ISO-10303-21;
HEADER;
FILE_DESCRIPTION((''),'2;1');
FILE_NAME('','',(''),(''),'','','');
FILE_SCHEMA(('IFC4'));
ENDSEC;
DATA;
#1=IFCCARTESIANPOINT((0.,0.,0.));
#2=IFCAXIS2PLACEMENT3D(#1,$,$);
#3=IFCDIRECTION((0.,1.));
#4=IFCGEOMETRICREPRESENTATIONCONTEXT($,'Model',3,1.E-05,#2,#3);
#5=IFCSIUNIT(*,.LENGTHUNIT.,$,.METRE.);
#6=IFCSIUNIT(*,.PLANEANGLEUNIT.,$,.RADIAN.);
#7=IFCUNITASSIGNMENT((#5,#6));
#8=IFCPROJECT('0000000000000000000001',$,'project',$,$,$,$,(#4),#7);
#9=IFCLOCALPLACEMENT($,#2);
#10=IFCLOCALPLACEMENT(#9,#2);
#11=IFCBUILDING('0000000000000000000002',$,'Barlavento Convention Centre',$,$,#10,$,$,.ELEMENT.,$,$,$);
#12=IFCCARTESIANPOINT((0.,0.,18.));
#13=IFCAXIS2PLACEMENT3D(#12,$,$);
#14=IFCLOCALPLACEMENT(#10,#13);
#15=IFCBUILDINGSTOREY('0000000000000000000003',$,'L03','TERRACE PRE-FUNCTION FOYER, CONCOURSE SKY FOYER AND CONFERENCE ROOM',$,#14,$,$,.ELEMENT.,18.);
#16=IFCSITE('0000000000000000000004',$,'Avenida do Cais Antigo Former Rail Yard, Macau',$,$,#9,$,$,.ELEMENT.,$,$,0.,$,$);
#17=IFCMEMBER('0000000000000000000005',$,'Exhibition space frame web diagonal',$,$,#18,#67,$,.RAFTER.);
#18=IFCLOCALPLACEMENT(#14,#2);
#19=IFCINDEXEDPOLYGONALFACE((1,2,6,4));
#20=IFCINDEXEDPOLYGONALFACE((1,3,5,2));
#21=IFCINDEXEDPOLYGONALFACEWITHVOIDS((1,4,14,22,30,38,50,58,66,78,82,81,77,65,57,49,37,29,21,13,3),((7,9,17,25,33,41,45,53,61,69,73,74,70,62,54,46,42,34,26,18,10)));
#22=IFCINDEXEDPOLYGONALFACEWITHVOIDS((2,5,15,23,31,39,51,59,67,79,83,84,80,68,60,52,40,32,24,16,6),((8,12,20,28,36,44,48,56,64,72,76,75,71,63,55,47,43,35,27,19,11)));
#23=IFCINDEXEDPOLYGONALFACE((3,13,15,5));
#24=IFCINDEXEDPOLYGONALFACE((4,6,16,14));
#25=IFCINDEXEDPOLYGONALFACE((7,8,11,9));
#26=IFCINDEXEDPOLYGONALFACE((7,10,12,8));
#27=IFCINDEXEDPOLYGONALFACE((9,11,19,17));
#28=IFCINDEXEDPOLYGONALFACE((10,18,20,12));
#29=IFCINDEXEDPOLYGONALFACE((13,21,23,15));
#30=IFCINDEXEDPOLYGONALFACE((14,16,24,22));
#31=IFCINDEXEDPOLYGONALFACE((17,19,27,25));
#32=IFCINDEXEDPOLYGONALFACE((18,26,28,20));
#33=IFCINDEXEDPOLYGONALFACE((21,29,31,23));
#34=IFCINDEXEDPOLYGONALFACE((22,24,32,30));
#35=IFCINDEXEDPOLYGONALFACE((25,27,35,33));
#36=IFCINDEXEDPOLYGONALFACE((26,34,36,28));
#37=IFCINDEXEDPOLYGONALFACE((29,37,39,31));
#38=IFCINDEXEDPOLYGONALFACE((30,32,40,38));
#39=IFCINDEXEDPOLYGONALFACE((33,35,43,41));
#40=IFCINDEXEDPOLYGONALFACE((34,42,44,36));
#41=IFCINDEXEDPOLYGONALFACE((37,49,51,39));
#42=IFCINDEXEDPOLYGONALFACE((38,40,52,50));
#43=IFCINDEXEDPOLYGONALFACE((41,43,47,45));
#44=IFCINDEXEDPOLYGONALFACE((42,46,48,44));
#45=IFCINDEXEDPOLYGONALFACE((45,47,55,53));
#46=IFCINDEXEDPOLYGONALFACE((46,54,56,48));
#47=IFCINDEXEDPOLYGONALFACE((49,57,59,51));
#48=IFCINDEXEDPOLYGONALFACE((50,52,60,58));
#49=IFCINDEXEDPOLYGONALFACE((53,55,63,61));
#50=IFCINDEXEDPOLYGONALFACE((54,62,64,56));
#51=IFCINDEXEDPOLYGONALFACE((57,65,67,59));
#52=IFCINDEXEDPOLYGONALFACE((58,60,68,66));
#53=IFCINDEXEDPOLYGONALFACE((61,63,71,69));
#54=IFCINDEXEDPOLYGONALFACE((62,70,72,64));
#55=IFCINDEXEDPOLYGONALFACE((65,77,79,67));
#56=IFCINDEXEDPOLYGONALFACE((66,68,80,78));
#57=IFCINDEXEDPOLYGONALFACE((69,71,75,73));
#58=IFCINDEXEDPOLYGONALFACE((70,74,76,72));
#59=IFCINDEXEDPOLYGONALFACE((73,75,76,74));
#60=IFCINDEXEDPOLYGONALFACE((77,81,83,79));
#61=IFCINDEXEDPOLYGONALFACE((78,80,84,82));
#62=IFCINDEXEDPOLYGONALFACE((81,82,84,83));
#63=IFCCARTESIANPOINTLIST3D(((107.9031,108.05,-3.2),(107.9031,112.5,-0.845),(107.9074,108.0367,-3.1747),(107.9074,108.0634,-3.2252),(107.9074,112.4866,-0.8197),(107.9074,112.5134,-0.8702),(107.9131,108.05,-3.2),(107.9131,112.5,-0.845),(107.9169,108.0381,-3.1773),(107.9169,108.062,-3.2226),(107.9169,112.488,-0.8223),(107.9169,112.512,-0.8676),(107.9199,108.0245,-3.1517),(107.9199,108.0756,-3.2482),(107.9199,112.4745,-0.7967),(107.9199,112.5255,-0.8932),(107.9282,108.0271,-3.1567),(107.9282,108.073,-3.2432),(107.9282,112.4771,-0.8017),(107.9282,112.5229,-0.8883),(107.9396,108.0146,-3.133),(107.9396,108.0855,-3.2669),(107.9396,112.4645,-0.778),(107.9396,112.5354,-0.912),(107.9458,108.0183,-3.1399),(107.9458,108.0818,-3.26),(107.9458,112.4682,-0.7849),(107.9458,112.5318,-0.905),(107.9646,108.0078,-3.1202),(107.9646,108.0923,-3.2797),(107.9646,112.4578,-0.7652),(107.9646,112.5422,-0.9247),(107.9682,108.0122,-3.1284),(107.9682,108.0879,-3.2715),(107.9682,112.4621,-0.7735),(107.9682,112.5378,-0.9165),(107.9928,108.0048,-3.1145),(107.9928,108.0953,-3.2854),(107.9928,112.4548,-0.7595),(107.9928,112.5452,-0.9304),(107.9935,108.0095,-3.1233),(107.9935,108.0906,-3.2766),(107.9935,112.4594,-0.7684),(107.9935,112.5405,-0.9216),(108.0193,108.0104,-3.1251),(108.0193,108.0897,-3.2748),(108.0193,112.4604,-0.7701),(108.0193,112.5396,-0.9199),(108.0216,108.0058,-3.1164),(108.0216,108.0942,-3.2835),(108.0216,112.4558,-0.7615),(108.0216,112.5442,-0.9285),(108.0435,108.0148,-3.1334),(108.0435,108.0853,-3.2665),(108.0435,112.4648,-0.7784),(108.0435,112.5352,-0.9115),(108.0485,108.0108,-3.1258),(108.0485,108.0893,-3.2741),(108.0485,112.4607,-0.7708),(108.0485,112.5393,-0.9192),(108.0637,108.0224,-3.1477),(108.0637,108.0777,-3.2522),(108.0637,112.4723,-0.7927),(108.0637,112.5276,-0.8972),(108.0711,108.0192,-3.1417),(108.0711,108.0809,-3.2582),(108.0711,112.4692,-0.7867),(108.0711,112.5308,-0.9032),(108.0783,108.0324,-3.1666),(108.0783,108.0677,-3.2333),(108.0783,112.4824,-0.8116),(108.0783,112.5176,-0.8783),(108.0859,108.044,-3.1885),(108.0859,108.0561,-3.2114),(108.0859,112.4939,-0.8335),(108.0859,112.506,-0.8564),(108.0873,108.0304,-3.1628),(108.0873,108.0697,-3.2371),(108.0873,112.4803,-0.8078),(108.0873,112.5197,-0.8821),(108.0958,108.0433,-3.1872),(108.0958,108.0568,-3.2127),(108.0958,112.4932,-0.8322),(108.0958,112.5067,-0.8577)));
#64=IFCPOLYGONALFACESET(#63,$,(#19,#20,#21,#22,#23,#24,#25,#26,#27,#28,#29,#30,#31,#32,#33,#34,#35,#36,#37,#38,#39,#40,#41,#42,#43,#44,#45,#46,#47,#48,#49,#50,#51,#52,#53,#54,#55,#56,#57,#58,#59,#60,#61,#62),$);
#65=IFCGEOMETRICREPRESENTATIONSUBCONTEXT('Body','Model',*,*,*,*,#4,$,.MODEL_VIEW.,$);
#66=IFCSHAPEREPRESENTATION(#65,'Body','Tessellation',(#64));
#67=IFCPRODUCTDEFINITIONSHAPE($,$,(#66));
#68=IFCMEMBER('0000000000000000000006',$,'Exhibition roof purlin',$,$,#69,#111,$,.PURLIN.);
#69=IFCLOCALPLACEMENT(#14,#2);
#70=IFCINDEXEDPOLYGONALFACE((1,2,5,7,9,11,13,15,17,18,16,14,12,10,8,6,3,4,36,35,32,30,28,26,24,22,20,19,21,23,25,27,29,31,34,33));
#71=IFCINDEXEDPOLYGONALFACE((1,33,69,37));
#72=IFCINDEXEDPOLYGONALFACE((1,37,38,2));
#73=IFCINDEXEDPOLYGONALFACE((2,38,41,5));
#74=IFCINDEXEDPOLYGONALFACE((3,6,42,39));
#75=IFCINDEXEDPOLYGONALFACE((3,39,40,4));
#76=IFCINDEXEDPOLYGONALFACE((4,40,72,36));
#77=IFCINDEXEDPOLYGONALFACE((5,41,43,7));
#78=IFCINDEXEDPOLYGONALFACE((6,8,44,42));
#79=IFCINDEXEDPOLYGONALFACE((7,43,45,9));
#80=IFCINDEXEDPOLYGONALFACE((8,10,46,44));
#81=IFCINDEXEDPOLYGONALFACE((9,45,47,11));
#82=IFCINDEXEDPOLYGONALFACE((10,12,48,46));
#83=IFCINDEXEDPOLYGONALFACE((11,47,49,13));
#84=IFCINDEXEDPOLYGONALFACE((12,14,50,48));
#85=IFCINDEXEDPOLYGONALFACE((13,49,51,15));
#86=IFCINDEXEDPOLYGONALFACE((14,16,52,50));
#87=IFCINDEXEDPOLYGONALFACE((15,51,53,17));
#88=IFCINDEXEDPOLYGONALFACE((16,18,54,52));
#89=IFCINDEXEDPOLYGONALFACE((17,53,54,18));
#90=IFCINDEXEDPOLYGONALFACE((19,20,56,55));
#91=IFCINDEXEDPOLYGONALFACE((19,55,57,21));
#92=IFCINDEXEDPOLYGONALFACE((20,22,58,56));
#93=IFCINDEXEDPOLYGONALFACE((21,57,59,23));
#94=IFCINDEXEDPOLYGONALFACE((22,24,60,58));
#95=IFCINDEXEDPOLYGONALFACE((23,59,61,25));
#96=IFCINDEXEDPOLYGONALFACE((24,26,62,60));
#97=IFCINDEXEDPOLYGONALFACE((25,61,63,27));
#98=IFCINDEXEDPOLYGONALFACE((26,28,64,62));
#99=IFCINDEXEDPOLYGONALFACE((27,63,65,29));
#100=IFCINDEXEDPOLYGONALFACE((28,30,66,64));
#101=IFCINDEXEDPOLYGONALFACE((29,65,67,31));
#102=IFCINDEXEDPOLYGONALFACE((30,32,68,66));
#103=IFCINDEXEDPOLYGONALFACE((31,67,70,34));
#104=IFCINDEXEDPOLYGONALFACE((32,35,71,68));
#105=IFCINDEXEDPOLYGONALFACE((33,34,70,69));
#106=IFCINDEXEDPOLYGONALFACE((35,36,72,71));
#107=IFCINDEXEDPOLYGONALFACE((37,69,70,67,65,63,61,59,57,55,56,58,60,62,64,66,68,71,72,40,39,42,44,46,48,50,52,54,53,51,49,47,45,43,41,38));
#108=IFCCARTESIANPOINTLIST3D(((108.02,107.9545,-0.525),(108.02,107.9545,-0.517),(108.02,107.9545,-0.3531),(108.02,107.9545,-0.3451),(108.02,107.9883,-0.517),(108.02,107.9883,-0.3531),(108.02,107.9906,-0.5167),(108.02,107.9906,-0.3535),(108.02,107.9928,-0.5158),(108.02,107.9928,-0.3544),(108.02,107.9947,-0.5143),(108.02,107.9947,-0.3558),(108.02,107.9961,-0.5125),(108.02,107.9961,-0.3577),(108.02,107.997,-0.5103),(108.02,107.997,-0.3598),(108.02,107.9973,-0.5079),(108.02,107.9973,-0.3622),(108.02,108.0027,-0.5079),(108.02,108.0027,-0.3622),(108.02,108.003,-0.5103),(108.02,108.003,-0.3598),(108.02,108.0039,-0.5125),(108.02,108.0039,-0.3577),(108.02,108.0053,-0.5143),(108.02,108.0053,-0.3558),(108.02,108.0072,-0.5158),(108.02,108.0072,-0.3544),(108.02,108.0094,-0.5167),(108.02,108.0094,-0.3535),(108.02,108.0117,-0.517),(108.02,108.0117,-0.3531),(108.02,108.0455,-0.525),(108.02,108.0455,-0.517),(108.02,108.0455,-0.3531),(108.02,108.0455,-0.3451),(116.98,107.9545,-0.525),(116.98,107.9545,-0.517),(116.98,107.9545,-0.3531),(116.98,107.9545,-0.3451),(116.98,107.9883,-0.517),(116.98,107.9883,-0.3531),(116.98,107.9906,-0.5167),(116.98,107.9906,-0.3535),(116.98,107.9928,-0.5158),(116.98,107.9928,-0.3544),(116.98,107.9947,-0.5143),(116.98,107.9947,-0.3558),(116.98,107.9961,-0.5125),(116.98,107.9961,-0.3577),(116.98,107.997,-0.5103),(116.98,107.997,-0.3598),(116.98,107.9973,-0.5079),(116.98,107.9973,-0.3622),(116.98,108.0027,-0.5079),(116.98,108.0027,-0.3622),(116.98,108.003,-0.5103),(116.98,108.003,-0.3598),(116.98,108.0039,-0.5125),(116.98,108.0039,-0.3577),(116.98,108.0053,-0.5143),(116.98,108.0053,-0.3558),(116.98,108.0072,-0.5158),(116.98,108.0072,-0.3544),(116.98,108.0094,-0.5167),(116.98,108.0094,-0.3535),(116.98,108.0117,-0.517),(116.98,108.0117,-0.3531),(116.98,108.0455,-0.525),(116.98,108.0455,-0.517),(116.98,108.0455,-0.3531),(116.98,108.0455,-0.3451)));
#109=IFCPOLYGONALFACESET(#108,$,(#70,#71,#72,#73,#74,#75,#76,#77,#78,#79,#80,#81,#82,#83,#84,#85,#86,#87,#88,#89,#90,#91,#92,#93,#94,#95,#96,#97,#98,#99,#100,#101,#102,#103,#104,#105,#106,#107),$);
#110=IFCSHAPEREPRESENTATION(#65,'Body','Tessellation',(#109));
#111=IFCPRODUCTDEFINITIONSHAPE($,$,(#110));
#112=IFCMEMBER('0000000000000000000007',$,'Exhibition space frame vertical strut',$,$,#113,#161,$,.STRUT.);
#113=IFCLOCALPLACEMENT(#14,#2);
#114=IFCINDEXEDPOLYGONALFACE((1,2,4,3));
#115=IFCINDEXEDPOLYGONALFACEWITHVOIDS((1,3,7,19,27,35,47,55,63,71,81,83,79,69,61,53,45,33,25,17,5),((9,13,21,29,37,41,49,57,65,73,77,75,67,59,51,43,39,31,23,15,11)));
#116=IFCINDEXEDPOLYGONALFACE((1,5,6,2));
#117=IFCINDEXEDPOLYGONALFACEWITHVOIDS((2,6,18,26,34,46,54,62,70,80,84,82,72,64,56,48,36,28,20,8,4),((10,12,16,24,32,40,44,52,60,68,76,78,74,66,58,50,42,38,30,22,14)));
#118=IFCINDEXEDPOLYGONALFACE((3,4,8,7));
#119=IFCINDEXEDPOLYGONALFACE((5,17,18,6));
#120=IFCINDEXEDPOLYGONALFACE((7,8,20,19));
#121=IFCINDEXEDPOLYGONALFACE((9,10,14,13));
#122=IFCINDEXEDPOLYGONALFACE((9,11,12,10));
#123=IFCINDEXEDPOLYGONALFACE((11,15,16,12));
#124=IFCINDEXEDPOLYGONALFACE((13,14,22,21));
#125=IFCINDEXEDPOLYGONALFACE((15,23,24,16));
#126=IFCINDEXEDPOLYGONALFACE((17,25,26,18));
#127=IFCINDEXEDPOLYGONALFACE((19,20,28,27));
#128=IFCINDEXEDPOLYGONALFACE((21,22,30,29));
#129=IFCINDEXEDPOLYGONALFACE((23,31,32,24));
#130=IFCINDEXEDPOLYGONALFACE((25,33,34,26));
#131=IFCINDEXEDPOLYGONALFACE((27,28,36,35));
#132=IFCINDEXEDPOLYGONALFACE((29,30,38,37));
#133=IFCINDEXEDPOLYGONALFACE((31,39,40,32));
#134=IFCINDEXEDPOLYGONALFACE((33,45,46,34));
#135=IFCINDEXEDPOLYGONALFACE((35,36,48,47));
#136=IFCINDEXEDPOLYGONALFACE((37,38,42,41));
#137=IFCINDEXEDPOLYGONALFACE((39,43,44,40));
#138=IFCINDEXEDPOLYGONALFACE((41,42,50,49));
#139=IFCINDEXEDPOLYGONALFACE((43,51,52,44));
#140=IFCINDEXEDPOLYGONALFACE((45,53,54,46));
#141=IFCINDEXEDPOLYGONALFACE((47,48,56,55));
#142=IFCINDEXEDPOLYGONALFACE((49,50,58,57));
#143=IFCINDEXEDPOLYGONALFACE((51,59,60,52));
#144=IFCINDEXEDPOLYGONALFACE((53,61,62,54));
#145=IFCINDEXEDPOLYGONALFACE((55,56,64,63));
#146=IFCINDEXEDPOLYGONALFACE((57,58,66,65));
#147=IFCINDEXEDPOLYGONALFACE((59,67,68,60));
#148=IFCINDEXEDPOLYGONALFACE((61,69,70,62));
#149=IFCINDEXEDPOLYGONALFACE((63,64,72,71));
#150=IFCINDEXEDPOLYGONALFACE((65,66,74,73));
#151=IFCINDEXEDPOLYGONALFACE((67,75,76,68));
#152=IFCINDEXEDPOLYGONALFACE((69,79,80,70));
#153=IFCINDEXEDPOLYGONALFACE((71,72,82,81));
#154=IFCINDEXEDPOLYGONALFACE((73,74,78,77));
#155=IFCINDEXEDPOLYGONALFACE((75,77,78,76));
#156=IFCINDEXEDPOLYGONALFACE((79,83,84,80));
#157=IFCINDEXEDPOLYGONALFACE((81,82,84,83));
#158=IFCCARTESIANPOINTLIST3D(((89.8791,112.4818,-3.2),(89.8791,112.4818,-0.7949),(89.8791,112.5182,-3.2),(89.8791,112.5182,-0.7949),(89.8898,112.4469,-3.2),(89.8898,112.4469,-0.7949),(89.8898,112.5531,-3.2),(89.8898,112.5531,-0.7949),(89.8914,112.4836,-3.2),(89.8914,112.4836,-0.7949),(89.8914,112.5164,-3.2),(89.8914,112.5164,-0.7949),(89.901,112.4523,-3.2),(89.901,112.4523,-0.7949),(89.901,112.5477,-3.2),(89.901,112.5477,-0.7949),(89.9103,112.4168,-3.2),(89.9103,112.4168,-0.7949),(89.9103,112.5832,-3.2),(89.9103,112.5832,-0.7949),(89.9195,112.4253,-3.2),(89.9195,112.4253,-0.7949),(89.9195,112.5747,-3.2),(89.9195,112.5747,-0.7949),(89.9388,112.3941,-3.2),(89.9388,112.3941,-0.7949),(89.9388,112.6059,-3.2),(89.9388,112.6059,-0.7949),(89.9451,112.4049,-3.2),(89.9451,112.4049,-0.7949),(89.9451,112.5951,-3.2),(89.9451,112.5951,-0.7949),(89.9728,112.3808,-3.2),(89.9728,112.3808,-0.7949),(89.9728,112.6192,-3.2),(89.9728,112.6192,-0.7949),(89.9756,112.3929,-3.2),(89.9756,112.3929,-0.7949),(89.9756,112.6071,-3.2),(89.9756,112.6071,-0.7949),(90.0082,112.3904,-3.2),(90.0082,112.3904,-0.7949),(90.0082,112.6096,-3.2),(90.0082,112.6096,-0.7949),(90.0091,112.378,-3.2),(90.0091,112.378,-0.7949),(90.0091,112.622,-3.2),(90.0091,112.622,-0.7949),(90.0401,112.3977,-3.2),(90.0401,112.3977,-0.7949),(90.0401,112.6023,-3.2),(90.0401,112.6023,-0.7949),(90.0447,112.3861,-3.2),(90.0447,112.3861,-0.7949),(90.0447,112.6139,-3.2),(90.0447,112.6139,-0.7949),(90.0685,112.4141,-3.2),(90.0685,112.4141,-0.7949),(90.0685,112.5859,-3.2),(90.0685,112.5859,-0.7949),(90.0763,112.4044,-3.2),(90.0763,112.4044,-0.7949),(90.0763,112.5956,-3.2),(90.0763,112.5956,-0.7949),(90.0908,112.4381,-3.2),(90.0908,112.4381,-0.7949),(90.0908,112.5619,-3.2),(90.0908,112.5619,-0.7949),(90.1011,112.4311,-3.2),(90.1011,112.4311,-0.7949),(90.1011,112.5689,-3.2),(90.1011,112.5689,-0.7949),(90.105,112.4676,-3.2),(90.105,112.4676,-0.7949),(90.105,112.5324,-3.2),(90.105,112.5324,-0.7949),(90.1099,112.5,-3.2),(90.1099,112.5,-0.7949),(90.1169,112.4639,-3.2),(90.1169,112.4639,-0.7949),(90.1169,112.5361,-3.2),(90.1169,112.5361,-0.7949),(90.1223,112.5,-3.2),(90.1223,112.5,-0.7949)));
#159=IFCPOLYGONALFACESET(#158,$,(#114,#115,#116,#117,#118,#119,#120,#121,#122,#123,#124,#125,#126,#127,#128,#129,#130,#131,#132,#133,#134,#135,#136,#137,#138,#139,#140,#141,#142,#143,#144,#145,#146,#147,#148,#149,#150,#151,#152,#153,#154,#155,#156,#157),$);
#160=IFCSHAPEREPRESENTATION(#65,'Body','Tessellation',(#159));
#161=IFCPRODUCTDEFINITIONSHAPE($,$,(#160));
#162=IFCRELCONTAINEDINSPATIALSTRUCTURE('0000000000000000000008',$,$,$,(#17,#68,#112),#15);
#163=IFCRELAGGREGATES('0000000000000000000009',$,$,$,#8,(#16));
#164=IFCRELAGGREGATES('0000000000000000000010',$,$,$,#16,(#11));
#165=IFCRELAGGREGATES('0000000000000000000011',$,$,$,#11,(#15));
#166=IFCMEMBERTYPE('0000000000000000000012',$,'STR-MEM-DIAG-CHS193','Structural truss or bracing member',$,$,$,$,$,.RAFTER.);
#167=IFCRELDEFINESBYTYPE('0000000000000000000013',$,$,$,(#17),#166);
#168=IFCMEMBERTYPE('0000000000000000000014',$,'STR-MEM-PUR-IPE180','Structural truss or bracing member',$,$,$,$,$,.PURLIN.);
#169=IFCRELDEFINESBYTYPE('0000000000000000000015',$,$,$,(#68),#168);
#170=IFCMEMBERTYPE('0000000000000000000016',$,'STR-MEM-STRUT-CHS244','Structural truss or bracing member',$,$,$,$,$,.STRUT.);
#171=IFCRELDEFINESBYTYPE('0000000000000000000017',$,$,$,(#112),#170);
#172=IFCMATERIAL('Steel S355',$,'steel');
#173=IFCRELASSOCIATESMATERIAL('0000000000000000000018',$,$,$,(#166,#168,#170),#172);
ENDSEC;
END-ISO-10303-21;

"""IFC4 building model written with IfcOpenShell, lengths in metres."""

from ifc_helpers import new_model, si_unit, direction, frame, origin, origin_2d, place, context, subcontext, project, spatial, hollow_circle, i_section, extrude, material, material_profile, profile_set, type_object, element, save


model = new_model("IFC4")

# Units and contexts
model_context = context("Model", 3, precision=1e-05, world=origin(), true_north=direction((0.0, 1.0)))
body_context = subcontext(model_context, "Body", "Model", "MODEL_VIEW")
ifc_project = project(units=[si_unit("LENGTHUNIT", "METRE"), si_unit("PLANEANGLEUNIT", "RADIAN")], contexts=[model_context])

# Site, building, storey
site_placement = place(None, origin())
site = spatial("IfcSite", under=ifc_project, at=site_placement, Name="Avenida do Cais Antigo Former Rail Yard, Macau", CompositionType="ELEMENT", RefElevation=0.0)
building_placement = place(site_placement, origin())
building = spatial("IfcBuilding", under=site, at=building_placement, Name="Barlavento Convention Centre", CompositionType="ELEMENT")
storey_placement = place(building_placement, frame((0.0, 0.0, 18.0)))
storey = spatial("IfcBuildingStorey", under=building, at=storey_placement, Name="L03", Description="TERRACE PRE-FUNCTION FOYER, CONCOURSE SKY FOYER AND CONFERENCE ROOM", CompositionType="ELEMENT", Elevation=18.0)

# Shared definitions
ifc_material = material(Name="Steel S355", Category="steel")

# Members
ifc_material_profile_1 = material_profile(ifc_material, hollow_circle(Radius=0.0969, WallThickness=0.01, at=origin_2d()), Name="CHS 193.7x10.0")
ifc_profile_set_1 = profile_set([ifc_material_profile_1], Name="Steel S355")
member_type_1 = type_object("IfcMemberType", Name="STR-MEM-DIAG-CHS193", Description="Structural truss or bracing member", PredefinedType="RAFTER", material=ifc_profile_set_1)
member_1_placement = place(storey_placement, frame((108.0, 108.05, -3.2), z_axis=(0.0, 0.88386, 0.467752), x_axis=(-1.0, 0.0, 0.0)))
element("IfcMember", 1, at=member_1_placement, inside=storey, type_object=member_type_1, Name="Exhibition space frame web diagonal", PredefinedType="RAFTER", context=body_context, shape_type="SweptSolid", body=[
    extrude(hollow_circle(Radius=0.0969, WallThickness=0.01, at=origin_2d()), origin(), (0.0, 0.0, 1.0), 5.0347),
])
ifc_material_profile_2 = material_profile(ifc_material, i_section(OverallWidth=0.0911, OverallDepth=0.1799, WebThickness=0.0054, FlangeThickness=0.0081, FilletRadius=0.009, at=origin_2d()), Name="IPE 180")
ifc_profile_set_2 = profile_set([ifc_material_profile_2], Name="Steel S355")
member_type_2 = type_object("IfcMemberType", Name="STR-MEM-PUR-IPE180", Description="Structural truss or bracing member", PredefinedType="PURLIN", material=ifc_profile_set_2)
member_2_placement = place(storey_placement, frame((108.02, 108.0, -0.4351), z_axis=(1.0, 0.0, 0.0), x_axis=(0.0, 1.0, 0.0)))
element("IfcMember", 2, at=member_2_placement, inside=storey, type_object=member_type_2, Name="Exhibition roof purlin", PredefinedType="PURLIN", context=body_context, shape_type="SweptSolid", body=[
    extrude(i_section(OverallWidth=0.0911, OverallDepth=0.1799, WebThickness=0.0054, FlangeThickness=0.0081, FilletRadius=0.009, at=origin_2d()), origin(), (0.0, 0.0, 1.0), 8.96),
])
ifc_material_profile_3 = material_profile(ifc_material, hollow_circle(Radius=0.1223, WallThickness=0.0125, at=origin_2d()), Name="CHS 244.5x12.5")
ifc_profile_set_3 = profile_set([ifc_material_profile_3], Name="Steel S355")
member_type_3 = type_object("IfcMemberType", Name="STR-MEM-STRUT-CHS244", Description="Structural truss or bracing member", PredefinedType="STRUT", material=ifc_profile_set_3)
member_3_placement = place(storey_placement, frame((90.0, 112.5, -3.2), z_axis=(0.0, 0.0, 1.0), x_axis=(1.0, 0.0, 0.0)))
element("IfcMember", 3, at=member_3_placement, inside=storey, type_object=member_type_3, Name="Exhibition space frame vertical strut", PredefinedType="STRUT", context=body_context, shape_type="SweptSolid", body=[
    extrude(hollow_circle(Radius=0.1223, WallThickness=0.0125, at=origin_2d()), origin(), (0.0, 0.0, 1.0), 2.405),
])

save(model, "model.ifc")
